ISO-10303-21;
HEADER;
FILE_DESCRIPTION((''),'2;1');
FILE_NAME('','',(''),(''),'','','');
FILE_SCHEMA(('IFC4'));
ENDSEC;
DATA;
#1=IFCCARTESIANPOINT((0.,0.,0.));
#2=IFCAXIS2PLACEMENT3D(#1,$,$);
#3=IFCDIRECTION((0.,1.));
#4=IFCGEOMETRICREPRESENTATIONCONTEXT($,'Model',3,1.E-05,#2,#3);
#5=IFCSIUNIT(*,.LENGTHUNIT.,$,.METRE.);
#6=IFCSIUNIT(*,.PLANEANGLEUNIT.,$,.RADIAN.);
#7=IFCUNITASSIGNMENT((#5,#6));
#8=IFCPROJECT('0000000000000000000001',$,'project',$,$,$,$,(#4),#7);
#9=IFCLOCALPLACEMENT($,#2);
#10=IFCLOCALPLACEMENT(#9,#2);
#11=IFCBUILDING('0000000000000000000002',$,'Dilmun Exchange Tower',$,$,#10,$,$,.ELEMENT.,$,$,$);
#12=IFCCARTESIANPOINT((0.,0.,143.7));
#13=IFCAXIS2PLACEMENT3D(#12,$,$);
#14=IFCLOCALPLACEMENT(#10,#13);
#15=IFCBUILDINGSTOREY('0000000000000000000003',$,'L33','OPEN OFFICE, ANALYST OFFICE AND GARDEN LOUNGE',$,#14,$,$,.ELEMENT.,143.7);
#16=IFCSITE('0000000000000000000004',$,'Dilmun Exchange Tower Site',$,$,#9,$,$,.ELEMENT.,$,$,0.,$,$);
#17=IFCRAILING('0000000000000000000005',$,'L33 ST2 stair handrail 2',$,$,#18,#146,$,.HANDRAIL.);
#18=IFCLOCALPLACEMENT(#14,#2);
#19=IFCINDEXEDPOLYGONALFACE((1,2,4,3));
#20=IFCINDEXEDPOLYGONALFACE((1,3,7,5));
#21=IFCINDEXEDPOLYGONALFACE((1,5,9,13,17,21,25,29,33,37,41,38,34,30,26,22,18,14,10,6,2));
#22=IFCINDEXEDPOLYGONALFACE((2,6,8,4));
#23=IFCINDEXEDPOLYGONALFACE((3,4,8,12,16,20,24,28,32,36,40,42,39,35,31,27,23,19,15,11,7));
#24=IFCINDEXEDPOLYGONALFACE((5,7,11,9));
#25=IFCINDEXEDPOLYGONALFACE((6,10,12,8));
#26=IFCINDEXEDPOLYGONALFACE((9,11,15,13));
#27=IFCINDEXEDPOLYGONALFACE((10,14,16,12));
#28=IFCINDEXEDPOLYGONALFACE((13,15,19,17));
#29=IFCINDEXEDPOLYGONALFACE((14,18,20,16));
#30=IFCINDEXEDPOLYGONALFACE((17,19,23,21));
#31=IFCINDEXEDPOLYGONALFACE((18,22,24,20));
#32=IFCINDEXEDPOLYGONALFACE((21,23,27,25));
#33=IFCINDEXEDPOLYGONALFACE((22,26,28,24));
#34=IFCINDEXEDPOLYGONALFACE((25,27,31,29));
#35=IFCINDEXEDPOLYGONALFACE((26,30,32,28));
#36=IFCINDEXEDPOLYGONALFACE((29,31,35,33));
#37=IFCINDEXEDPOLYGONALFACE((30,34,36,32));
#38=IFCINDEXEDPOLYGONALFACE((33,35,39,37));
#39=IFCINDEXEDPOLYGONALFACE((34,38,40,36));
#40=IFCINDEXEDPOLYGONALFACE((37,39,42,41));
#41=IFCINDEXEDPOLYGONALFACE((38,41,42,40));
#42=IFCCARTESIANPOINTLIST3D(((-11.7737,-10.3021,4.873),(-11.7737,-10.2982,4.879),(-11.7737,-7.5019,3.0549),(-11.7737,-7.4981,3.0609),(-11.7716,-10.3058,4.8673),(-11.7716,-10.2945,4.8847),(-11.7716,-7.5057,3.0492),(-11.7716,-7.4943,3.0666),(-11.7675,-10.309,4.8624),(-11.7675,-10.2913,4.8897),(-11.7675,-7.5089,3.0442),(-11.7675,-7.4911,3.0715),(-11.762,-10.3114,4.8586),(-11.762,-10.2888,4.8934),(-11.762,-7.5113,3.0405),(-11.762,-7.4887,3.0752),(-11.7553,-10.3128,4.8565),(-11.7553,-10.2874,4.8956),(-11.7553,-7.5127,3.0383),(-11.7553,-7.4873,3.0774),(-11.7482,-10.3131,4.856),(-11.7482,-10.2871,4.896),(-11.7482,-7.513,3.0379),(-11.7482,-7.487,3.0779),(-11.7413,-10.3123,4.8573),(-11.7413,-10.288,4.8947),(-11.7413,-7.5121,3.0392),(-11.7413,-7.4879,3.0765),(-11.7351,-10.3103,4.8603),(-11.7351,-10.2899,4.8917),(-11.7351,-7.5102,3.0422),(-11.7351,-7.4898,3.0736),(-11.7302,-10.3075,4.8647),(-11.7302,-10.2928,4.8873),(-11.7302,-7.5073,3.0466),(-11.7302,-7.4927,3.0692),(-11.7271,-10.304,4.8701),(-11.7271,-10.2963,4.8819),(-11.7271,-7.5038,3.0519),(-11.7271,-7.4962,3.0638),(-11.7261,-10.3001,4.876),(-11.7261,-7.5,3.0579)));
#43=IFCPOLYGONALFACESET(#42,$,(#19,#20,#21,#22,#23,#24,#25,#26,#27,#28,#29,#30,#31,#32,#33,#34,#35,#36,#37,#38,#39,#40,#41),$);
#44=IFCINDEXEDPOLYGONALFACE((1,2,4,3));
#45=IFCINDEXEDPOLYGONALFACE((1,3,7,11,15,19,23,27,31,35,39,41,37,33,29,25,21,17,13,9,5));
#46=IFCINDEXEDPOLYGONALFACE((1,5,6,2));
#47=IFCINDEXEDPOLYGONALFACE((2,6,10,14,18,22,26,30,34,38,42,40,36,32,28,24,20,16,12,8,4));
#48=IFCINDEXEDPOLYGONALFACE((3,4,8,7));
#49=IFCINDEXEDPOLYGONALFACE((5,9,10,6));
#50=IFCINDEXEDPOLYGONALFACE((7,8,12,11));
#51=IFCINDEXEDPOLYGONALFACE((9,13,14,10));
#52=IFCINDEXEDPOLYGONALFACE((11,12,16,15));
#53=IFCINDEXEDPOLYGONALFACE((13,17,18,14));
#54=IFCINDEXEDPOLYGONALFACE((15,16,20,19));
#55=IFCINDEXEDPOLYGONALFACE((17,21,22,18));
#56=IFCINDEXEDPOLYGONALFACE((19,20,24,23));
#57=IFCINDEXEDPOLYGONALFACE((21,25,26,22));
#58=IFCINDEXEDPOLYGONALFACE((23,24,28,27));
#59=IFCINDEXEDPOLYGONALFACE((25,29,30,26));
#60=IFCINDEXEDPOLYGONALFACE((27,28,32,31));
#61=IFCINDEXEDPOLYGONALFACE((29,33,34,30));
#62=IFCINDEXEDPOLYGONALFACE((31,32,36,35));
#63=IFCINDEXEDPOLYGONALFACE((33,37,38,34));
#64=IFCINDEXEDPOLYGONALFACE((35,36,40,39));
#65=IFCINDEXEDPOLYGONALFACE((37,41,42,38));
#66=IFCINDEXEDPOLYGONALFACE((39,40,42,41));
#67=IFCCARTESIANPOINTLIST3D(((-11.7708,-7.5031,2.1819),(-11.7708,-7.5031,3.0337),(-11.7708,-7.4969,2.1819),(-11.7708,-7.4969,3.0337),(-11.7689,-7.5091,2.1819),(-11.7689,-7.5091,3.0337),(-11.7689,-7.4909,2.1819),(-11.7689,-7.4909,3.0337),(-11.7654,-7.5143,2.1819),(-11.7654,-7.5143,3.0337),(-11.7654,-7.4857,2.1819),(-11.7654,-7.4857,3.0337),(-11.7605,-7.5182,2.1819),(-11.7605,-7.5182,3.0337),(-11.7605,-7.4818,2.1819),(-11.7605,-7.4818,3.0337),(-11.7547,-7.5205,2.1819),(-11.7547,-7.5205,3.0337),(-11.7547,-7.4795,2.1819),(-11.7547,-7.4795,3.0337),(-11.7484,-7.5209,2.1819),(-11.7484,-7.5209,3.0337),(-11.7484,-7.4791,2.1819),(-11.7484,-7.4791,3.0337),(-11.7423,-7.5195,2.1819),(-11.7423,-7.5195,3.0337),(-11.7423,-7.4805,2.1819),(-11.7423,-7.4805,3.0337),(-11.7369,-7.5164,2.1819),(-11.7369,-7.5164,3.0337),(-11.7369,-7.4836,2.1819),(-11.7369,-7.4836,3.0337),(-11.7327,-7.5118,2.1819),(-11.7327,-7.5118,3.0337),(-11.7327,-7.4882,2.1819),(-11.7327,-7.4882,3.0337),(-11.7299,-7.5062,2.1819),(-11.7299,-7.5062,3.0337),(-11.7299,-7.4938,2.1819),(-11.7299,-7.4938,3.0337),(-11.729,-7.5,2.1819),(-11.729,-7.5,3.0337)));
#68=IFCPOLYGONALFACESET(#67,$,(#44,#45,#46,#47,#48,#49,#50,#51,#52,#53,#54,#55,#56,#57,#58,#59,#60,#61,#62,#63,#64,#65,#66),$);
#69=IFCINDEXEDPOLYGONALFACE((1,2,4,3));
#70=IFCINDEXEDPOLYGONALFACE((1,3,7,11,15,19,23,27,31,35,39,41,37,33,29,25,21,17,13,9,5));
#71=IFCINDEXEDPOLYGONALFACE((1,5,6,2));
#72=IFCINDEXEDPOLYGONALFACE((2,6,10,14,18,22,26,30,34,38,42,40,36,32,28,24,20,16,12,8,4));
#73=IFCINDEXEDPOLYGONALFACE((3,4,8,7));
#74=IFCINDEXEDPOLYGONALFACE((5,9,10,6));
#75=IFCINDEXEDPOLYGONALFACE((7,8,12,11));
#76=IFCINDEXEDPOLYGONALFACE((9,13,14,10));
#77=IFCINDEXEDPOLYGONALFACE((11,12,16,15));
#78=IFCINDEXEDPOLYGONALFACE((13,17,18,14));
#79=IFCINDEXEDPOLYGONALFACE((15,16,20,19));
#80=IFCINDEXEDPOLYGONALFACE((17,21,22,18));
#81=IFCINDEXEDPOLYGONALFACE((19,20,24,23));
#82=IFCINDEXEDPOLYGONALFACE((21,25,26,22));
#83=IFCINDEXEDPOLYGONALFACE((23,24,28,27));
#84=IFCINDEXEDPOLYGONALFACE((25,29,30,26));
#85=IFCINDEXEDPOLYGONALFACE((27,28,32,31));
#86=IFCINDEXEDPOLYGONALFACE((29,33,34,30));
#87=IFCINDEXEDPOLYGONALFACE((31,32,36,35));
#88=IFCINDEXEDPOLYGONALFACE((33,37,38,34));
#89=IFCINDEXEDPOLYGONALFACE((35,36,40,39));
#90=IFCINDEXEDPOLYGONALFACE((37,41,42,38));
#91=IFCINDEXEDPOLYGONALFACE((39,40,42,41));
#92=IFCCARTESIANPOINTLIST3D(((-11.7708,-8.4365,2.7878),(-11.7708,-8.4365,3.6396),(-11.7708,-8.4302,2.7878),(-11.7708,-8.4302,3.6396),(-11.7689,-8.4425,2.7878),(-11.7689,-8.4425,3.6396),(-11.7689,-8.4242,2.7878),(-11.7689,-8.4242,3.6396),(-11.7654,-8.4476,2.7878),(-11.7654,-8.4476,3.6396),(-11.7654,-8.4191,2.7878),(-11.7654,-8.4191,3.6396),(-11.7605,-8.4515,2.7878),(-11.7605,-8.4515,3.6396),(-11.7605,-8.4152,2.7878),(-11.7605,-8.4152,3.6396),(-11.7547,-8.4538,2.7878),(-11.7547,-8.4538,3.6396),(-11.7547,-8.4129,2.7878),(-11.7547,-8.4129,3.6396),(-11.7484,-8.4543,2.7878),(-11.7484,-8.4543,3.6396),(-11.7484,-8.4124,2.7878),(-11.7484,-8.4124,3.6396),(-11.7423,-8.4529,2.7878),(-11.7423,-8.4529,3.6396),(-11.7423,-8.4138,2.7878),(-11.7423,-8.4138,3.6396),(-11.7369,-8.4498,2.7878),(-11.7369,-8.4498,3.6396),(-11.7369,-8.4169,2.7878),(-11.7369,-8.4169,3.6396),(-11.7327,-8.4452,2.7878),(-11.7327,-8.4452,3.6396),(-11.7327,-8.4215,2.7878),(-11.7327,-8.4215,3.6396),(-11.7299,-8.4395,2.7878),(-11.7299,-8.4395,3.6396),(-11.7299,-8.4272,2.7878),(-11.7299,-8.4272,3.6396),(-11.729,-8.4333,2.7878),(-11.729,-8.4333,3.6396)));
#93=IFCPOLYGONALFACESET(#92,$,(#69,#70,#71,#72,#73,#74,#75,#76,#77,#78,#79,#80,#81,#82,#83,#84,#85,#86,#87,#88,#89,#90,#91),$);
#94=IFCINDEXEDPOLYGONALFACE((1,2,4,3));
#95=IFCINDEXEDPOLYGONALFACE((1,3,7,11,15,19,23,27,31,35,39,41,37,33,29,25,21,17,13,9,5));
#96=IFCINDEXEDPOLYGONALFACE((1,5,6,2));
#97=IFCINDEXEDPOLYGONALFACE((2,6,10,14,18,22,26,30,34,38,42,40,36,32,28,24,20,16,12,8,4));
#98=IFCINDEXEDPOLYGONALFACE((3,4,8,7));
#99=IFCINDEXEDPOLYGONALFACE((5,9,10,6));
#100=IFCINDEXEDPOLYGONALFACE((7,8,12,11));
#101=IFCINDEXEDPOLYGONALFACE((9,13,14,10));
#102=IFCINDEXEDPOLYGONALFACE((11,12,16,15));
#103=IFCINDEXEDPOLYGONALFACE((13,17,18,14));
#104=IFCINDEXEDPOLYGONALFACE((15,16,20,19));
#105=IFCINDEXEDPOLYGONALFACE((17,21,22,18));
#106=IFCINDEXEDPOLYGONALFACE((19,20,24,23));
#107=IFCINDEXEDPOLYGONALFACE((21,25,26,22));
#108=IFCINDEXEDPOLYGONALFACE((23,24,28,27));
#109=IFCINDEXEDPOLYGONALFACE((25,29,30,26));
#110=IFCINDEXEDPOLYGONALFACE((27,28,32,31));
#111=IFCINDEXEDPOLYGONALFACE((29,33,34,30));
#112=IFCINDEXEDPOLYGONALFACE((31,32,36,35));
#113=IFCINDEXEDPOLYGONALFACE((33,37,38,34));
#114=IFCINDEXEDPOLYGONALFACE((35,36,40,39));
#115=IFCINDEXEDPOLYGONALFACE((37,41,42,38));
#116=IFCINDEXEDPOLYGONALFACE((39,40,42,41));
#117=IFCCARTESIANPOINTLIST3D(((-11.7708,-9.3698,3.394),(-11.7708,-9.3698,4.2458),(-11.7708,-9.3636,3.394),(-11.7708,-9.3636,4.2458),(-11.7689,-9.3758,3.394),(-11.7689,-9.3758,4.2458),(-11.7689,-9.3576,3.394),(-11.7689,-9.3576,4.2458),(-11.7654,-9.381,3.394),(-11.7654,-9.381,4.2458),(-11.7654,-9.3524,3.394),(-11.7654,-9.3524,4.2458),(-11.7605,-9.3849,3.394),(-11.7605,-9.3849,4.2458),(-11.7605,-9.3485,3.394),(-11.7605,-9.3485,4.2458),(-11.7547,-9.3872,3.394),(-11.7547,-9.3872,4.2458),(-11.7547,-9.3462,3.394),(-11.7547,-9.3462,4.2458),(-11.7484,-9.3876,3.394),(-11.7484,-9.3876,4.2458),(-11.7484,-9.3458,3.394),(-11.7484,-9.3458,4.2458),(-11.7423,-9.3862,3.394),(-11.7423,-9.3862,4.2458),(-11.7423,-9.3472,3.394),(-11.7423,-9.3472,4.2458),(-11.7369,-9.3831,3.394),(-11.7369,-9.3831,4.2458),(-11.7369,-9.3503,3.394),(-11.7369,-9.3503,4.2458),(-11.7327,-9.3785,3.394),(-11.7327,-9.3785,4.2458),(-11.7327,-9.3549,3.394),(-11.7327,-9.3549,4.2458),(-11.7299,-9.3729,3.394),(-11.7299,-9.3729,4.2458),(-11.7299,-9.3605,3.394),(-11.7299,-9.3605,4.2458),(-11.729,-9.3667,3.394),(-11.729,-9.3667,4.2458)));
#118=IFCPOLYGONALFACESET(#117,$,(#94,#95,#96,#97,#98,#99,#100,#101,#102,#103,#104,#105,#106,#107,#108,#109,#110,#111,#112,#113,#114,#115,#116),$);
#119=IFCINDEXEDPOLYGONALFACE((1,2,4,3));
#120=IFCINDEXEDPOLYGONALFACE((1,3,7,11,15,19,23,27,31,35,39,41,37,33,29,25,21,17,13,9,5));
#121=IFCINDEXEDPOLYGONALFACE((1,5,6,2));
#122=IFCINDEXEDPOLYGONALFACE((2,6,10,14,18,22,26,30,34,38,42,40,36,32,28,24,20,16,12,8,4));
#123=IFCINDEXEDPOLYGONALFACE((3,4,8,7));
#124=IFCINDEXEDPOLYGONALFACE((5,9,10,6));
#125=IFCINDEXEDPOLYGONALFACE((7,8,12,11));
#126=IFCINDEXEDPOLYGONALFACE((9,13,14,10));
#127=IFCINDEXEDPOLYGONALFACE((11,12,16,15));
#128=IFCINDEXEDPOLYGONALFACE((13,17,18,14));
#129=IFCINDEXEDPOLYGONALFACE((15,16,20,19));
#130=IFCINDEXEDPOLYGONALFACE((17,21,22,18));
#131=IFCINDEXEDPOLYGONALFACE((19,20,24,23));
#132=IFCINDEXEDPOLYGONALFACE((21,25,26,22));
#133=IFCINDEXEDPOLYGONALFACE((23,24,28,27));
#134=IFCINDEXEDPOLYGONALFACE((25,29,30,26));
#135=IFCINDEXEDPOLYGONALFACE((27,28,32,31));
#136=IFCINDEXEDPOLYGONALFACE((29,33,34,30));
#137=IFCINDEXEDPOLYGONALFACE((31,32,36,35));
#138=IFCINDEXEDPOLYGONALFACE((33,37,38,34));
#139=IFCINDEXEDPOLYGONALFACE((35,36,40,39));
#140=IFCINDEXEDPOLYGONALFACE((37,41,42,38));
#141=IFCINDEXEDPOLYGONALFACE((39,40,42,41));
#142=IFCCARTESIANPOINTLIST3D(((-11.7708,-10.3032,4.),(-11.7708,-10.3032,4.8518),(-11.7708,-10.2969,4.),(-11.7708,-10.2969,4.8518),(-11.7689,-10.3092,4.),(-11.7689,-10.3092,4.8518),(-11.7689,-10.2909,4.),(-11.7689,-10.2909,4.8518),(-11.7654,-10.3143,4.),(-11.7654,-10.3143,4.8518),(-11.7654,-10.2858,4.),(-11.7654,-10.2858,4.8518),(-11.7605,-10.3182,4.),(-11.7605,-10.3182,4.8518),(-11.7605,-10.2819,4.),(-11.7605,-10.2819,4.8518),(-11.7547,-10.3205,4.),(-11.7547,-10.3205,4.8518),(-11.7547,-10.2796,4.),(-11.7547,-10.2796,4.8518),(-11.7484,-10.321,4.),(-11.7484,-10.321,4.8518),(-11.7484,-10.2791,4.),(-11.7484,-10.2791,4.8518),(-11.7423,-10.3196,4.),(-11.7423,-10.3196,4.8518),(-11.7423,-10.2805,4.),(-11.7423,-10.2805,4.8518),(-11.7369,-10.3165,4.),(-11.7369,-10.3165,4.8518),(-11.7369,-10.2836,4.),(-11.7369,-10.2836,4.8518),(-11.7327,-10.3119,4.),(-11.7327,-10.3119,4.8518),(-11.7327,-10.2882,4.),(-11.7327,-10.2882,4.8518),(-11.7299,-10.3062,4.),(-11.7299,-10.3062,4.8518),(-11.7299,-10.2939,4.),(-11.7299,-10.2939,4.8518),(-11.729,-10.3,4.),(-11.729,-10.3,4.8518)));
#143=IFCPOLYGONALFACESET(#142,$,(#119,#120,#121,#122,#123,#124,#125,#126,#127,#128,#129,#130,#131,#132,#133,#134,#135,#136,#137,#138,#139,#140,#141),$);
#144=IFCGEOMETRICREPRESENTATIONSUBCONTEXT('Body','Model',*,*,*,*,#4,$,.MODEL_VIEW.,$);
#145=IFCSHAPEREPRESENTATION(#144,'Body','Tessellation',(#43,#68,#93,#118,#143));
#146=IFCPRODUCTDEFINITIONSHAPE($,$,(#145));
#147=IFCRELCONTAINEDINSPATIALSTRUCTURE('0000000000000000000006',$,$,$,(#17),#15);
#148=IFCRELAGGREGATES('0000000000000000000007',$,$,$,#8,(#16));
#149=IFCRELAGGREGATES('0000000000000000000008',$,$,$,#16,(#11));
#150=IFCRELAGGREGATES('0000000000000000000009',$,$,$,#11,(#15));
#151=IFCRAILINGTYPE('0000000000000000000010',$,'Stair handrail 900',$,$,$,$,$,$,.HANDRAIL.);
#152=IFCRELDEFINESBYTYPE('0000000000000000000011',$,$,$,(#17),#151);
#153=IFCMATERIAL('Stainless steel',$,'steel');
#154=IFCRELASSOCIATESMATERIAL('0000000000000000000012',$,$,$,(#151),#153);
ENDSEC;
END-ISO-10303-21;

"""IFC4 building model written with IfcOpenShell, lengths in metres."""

from ifc_helpers import new_model, si_unit, direction, frame, origin, origin_2d, place, context, subcontext, project, spatial, circle, extrude, material, type_object, element, save


model = new_model("IFC4")

# Units and contexts
model_context = context("Model", 3, precision=1e-05, world=origin(), true_north=direction((0.0, 1.0)))
body_context = subcontext(model_context, "Body", "Model", "MODEL_VIEW")
ifc_project = project(units=[si_unit("LENGTHUNIT", "METRE"), si_unit("PLANEANGLEUNIT", "RADIAN")], contexts=[model_context])

# Site, building, storey
site_placement = place(None, origin())
site = spatial("IfcSite", under=ifc_project, at=site_placement, Name="Dilmun Exchange Tower Site", CompositionType="ELEMENT", RefElevation=0.0)
building_placement = place(site_placement, origin())
building = spatial("IfcBuilding", under=site, at=building_placement, Name="Dilmun Exchange Tower", CompositionType="ELEMENT")
storey_placement = place(building_placement, frame((0.0, 0.0, 143.7)))
storey = spatial("IfcBuildingStorey", under=building, at=storey_placement, Name="L33", Description="OPEN OFFICE, ANALYST OFFICE AND GARDEN LOUNGE", CompositionType="ELEMENT", Elevation=143.7)

# Railing
ifc_material_1 = material(Name="Stainless steel", Category="steel")
railing_type = type_object("IfcRailingType", Name="Stair handrail 900", PredefinedType="HANDRAIL", material=ifc_material_1)
railing_placement = place(storey_placement, frame((-11.75, -7.5, 2.1819)))
element("IfcRailing", 1, at=railing_placement, inside=storey, type_object=railing_type, Name="L33 ST2 stair handrail 2", PredefinedType="HANDRAIL", context=body_context, shape_type="SweptSolid", body=[
    extrude(circle(Radius=0.0239, at=origin_2d()), frame((0.0, 0.0, 0.876), z_axis=(0.0, -0.838706, 0.544585), x_axis=(1.0, 0.0, 0.0)), (0.0, 0.0, 1.0), 3.3386),
    extrude(circle(Radius=0.021, at=origin_2d()), origin(), (0.0, 0.0, 1.0), 0.8518),
    extrude(circle(Radius=0.021, at=origin_2d()), frame((0.0, -0.9333, 0.606)), (0.0, 0.0, 1.0), 0.8518),
    extrude(circle(Radius=0.021, at=origin_2d()), frame((0.0, -1.8667, 1.2122)), (0.0, 0.0, 1.0), 0.8518),
    extrude(circle(Radius=0.021, at=origin_2d()), frame((0.0, -2.8, 1.8181)), (0.0, 0.0, 1.0), 0.8518),
])

save(model, "model.ifc")
